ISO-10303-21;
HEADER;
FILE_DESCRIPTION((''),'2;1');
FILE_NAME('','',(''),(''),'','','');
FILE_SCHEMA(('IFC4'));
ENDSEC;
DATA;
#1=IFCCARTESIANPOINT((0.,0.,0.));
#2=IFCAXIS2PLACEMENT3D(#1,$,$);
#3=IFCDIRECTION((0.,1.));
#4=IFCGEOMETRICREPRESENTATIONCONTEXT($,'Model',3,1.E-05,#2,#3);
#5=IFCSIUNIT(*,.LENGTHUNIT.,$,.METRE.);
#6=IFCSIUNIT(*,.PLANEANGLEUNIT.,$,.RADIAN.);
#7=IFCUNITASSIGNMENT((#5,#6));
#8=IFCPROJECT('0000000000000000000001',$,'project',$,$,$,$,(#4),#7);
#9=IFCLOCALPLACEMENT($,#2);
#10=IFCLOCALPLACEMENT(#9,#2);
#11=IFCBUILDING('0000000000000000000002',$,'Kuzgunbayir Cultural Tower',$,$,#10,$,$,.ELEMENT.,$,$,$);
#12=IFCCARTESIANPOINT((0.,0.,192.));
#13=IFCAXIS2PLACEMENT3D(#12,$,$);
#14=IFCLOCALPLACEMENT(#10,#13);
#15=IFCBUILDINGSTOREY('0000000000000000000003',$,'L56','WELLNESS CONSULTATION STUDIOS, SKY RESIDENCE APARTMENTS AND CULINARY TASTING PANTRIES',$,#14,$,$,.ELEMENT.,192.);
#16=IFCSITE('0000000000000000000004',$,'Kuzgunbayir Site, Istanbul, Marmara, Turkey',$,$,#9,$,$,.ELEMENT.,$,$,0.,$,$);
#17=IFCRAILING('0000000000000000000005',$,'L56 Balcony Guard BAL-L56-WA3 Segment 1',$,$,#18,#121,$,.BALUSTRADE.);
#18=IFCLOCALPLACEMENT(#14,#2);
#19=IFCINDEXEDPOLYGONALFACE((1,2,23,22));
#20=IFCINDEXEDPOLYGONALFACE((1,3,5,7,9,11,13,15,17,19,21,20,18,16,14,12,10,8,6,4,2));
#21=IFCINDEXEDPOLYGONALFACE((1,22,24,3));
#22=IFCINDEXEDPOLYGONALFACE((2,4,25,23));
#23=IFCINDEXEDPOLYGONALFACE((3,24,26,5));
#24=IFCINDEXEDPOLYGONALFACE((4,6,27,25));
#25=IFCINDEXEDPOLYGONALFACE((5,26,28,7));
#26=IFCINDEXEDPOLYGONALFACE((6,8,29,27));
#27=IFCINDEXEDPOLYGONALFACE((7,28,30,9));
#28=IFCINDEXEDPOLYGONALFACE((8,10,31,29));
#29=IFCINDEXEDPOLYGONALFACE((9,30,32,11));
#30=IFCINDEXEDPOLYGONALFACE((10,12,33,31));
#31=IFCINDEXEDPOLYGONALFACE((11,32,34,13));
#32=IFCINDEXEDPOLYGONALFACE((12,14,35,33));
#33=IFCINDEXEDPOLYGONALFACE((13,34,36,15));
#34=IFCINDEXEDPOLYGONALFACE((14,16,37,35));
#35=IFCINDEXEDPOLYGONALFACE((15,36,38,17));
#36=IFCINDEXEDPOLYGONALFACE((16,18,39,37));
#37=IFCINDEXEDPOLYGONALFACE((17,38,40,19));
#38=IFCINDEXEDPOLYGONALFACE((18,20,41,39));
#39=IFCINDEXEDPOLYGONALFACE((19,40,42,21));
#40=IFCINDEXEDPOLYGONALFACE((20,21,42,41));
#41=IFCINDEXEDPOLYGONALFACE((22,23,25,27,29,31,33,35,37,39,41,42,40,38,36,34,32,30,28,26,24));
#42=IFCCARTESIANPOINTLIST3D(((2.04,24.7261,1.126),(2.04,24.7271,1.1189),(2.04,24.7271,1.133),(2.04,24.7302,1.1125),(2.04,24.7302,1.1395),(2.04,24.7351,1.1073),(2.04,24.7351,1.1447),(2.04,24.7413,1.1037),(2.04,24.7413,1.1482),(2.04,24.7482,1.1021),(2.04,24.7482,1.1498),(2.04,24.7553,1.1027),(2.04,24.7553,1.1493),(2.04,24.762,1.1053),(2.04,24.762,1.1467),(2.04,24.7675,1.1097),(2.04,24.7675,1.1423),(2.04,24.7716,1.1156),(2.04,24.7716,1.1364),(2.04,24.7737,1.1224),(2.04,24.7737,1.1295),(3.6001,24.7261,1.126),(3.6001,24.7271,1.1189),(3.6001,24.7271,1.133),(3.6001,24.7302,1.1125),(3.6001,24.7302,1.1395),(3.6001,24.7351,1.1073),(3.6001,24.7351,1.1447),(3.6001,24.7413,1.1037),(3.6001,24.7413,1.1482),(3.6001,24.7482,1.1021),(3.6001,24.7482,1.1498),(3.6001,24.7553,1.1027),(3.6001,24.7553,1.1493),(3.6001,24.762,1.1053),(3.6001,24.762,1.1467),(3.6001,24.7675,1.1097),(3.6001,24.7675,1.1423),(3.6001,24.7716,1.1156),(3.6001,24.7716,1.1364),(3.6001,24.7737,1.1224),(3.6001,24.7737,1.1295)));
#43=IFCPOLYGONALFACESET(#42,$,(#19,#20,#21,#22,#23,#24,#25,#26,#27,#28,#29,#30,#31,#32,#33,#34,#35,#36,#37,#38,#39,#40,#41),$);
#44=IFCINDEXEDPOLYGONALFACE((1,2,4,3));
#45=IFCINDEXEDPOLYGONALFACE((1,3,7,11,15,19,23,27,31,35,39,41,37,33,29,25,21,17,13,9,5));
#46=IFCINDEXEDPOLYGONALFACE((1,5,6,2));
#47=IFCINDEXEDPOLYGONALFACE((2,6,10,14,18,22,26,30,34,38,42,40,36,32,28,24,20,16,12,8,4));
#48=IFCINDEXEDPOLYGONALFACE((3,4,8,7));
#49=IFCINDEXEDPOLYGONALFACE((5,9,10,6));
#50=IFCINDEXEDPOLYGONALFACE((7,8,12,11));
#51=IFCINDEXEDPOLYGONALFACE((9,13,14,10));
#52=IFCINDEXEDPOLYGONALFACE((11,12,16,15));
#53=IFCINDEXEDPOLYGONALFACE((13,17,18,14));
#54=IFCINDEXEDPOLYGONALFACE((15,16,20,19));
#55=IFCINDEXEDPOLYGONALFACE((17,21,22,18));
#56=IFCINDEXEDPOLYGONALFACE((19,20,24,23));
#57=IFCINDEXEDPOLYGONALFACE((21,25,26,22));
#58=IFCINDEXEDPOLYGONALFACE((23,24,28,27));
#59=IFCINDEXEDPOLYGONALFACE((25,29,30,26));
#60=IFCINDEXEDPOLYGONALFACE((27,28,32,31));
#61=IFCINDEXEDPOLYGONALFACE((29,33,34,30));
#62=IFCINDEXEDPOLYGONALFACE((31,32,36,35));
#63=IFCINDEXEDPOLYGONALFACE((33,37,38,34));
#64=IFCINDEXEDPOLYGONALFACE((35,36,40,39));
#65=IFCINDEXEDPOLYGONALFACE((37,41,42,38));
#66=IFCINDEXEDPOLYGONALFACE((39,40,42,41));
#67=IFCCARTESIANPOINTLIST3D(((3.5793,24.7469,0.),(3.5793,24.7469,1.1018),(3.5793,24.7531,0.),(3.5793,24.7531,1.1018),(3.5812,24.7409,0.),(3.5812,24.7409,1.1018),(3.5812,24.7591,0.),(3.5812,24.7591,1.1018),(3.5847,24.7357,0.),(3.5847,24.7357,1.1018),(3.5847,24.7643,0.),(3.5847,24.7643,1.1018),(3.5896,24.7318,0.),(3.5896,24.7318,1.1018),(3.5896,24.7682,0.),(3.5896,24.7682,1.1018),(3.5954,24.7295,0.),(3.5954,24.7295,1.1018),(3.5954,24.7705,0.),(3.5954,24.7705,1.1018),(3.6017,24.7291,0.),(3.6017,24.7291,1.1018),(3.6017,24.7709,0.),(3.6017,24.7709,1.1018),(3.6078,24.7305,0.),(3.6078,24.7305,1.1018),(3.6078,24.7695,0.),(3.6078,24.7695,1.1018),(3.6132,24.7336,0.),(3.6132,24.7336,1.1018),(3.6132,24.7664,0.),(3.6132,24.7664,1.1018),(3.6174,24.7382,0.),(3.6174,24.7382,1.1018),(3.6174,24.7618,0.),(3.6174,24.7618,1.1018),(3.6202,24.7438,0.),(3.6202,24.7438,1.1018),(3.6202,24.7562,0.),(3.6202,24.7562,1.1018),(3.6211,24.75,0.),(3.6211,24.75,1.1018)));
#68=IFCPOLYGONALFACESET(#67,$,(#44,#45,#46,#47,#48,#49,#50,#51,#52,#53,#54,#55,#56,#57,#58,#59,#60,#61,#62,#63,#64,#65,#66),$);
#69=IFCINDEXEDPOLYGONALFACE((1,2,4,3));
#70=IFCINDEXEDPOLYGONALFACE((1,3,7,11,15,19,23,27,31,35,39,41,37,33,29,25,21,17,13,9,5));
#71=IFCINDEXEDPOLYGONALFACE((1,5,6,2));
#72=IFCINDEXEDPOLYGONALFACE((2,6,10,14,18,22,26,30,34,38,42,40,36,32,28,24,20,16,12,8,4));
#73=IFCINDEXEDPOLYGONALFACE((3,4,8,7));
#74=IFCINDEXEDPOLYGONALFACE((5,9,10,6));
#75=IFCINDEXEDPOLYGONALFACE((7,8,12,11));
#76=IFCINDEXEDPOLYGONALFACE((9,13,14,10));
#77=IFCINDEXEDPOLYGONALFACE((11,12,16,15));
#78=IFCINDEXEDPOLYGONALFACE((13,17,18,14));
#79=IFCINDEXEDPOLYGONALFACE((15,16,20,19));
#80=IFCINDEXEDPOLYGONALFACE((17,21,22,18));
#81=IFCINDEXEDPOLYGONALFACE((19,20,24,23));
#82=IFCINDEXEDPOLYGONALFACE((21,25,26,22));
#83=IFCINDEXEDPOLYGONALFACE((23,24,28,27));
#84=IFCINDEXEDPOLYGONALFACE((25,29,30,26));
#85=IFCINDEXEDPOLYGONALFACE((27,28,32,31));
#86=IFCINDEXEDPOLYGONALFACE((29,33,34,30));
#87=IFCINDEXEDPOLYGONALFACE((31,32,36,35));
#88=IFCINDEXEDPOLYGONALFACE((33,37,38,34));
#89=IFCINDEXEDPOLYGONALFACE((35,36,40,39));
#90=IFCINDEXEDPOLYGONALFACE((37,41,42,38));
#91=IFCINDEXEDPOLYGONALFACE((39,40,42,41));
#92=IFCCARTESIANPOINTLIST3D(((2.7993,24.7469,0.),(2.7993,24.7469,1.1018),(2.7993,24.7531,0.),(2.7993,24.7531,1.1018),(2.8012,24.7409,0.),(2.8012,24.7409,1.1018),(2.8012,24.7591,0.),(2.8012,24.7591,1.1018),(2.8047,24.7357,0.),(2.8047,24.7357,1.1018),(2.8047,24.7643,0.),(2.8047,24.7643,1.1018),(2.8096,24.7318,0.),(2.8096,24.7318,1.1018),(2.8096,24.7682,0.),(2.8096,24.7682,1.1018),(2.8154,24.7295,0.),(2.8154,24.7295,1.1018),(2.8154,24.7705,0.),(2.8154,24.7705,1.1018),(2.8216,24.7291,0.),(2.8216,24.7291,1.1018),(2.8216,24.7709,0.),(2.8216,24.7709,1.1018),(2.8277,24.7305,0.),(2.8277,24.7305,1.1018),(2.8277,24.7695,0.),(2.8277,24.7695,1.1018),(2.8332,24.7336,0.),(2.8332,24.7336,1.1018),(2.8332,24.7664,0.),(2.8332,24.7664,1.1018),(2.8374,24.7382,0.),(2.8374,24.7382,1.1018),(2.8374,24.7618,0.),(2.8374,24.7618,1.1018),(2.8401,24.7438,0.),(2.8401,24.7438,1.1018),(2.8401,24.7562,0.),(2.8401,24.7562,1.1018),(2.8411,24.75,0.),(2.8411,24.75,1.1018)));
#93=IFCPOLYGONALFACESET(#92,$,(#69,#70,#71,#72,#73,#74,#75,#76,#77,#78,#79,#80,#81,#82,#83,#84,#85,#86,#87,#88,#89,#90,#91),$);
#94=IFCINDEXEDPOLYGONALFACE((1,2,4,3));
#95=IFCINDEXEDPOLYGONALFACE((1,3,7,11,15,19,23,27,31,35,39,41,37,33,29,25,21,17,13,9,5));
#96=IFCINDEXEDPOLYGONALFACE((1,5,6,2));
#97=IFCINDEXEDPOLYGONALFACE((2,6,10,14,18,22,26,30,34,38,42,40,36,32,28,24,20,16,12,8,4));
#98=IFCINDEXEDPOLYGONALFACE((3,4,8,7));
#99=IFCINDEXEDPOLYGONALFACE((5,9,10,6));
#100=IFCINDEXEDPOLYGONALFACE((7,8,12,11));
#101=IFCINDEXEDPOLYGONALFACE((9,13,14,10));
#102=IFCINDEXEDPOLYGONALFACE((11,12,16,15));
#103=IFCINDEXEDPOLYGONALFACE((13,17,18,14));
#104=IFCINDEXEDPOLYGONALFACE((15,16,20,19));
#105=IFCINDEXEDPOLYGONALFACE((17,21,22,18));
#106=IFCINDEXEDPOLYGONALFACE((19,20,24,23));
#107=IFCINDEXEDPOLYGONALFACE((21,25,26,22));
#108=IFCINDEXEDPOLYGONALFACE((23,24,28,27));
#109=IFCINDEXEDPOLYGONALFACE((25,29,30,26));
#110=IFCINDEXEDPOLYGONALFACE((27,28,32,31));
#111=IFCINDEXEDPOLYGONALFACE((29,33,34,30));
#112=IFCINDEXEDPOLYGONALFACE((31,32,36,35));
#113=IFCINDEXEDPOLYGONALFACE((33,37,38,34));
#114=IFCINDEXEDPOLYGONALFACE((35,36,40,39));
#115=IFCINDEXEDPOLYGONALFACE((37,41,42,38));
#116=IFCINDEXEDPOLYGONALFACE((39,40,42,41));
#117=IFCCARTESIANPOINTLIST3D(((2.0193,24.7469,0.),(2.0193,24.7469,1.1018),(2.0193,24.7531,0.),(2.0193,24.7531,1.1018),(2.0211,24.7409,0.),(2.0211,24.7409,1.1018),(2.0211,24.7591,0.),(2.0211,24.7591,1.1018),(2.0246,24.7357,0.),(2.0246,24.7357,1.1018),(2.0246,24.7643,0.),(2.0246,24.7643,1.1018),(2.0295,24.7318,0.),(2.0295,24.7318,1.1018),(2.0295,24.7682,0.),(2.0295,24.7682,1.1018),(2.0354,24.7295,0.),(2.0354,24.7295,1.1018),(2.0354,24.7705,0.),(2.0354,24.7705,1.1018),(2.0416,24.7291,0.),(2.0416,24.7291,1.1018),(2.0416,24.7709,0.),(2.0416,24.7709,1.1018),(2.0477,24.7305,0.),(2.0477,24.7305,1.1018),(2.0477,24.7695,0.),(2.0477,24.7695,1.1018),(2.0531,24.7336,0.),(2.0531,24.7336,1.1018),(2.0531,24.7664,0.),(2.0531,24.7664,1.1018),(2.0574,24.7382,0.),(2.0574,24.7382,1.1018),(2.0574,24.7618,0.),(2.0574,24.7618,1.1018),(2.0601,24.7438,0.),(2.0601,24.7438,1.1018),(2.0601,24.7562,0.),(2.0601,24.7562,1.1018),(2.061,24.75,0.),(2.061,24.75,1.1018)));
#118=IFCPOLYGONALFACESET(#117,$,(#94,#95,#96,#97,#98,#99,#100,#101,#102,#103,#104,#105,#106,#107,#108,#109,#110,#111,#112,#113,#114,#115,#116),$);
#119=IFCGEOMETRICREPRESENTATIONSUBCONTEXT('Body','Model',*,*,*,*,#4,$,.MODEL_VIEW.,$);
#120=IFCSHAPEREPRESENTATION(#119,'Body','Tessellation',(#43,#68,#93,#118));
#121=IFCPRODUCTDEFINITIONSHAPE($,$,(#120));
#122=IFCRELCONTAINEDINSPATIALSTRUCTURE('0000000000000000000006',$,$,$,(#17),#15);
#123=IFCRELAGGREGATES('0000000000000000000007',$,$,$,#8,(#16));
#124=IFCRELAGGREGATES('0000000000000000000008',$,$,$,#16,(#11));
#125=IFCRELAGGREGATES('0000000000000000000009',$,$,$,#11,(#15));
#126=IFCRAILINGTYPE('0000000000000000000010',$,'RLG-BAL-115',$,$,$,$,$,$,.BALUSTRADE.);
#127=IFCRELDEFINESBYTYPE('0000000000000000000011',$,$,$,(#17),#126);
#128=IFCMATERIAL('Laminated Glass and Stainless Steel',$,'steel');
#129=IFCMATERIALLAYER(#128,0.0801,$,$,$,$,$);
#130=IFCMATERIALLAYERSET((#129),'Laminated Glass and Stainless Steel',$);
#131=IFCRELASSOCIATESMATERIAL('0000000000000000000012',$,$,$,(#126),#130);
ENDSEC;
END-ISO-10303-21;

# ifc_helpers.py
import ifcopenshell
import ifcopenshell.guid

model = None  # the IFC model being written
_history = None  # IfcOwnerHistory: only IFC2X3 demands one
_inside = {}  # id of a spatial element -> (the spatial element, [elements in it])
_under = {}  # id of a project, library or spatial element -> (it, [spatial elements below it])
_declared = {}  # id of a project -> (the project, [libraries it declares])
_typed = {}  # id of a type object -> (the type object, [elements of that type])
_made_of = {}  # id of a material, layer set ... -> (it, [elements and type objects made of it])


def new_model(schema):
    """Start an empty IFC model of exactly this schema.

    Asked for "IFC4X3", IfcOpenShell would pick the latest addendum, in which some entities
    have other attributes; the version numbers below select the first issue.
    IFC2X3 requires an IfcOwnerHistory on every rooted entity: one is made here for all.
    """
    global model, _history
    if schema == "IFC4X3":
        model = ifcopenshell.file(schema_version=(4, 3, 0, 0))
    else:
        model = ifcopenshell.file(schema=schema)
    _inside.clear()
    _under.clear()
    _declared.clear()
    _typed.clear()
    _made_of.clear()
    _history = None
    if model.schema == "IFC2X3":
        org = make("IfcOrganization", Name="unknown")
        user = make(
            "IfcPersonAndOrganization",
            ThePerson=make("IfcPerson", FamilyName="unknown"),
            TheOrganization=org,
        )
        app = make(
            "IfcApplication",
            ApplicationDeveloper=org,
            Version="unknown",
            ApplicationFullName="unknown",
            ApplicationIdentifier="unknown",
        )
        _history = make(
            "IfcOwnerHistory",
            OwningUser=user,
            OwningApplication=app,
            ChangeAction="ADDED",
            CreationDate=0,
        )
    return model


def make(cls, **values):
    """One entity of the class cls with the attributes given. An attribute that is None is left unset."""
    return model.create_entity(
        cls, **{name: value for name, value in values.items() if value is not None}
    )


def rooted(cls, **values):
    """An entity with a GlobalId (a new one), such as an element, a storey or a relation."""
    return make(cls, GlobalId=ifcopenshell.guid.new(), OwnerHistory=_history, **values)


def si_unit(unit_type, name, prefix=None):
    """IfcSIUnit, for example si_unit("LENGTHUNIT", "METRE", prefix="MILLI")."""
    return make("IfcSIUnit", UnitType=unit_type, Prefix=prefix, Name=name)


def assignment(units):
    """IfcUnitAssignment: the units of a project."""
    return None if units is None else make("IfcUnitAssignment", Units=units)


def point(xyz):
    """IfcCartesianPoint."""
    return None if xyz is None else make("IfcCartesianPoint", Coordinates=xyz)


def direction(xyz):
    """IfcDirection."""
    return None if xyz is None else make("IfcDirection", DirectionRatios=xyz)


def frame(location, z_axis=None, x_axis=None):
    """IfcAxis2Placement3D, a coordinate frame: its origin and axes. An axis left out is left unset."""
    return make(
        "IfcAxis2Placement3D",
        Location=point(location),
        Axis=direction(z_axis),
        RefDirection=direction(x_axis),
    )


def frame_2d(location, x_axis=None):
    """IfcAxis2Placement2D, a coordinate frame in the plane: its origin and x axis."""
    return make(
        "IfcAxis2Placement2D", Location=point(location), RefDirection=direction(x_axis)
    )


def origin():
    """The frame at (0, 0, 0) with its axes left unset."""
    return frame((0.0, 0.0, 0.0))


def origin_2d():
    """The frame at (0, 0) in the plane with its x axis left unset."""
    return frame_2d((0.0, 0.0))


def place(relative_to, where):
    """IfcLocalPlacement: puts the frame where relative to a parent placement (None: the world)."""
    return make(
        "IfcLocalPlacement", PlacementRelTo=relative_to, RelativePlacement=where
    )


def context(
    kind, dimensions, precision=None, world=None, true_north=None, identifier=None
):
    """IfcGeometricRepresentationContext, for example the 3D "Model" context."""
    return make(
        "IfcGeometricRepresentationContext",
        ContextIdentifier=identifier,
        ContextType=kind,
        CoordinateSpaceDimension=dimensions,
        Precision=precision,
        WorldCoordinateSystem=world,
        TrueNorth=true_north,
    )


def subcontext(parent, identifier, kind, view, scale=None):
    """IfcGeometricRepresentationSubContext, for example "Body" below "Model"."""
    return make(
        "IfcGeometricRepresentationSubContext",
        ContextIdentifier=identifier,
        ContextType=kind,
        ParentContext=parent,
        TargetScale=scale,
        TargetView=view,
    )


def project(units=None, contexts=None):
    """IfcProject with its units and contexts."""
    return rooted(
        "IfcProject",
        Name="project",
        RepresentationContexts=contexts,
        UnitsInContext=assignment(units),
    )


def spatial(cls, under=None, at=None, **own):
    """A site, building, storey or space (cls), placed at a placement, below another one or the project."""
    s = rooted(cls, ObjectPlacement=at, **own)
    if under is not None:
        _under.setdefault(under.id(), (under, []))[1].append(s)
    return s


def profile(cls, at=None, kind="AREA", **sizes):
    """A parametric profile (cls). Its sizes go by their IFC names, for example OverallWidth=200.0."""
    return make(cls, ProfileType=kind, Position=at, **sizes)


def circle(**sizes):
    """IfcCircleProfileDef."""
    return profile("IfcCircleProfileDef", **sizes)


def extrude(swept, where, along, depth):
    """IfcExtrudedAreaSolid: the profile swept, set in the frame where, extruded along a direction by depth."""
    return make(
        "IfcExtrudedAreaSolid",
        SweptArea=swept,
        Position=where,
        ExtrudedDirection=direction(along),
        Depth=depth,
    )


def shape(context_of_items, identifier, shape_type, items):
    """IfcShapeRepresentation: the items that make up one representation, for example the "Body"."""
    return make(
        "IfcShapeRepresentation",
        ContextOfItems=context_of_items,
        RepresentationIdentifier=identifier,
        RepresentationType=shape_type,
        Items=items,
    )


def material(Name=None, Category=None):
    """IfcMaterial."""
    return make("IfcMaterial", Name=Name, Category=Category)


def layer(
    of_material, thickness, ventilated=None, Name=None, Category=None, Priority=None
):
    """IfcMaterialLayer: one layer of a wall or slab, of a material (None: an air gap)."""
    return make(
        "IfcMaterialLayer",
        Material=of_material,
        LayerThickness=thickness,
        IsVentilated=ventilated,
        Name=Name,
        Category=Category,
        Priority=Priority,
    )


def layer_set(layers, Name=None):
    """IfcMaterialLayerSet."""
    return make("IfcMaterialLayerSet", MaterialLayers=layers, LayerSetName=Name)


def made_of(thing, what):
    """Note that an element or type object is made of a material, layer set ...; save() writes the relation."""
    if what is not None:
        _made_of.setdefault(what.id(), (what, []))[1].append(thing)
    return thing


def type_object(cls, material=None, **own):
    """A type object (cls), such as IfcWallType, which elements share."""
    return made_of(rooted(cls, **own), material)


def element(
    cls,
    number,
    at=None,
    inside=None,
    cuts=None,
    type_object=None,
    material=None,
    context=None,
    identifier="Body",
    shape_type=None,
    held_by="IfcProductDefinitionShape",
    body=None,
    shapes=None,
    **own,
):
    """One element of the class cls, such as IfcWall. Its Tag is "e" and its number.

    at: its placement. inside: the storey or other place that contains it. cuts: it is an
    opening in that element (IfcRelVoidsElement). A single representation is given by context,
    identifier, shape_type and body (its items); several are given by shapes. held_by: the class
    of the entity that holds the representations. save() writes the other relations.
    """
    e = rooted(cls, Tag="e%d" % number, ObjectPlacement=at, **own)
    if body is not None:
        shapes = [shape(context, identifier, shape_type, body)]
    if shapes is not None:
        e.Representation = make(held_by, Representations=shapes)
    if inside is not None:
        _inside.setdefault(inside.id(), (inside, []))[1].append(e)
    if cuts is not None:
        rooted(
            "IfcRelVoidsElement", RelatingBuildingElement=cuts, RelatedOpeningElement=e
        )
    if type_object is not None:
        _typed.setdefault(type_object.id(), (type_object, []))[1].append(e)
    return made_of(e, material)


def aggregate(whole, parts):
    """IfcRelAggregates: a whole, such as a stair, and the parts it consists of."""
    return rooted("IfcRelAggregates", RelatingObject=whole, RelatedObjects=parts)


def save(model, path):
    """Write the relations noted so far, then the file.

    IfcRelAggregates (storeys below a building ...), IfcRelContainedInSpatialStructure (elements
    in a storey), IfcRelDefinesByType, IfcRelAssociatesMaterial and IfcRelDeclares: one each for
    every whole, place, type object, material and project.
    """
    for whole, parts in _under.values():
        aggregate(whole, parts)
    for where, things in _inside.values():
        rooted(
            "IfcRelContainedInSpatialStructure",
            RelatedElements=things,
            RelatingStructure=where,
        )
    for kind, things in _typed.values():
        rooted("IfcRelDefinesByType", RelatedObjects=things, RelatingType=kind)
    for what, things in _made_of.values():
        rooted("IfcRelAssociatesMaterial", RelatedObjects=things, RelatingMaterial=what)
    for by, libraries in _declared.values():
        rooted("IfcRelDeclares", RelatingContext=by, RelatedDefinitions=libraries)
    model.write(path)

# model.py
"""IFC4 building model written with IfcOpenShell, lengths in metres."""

from ifc_helpers import new_model, si_unit, direction, frame, origin, origin_2d, place, context, subcontext, project, spatial, circle, extrude, material, layer, layer_set, type_object, element, save


model = new_model("IFC4")

# Units and contexts
model_context = context("Model", 3, precision=1e-05, world=origin(), true_north=direction((0.0, 1.0)))
body_context = subcontext(model_context, "Body", "Model", "MODEL_VIEW")
ifc_project = project(units=[si_unit("LENGTHUNIT", "METRE"), si_unit("PLANEANGLEUNIT", "RADIAN")], contexts=[model_context])

# Site, building, storey
site_placement = place(None, origin())
site = spatial("IfcSite", under=ifc_project, at=site_placement, Name="Kuzgunbayir Site, Istanbul, Marmara, Turkey", CompositionType="ELEMENT", RefElevation=0.0)
building_placement = place(site_placement, origin())
building = spatial("IfcBuilding", under=site, at=building_placement, Name="Kuzgunbayir Cultural Tower", CompositionType="ELEMENT")
storey_placement = place(building_placement, frame((0.0, 0.0, 192.0)))
storey = spatial("IfcBuildingStorey", under=building, at=storey_placement, Name="L56", Description="WELLNESS CONSULTATION STUDIOS, SKY RESIDENCE APARTMENTS AND CULINARY TASTING PANTRIES", CompositionType="ELEMENT", Elevation=192.0)

# Railing
ifc_material_1 = material(Name="Laminated Glass and Stainless Steel", Category="steel")
ifc_layer_1 = layer(ifc_material_1, 0.0801)
ifc_layer_set_1 = layer_set([ifc_layer_1], Name="Laminated Glass and Stainless Steel")
railing_type = type_object("IfcRailingType", Name="RLG-BAL-115", PredefinedType="BALUSTRADE", material=ifc_layer_set_1)
railing_1_placement = place(storey_placement, frame((3.6001, 24.75, 0.0)))
element("IfcRailing", 1, at=railing_1_placement, inside=storey, type_object=railing_type, Name="L56 Balcony Guard BAL-L56-WA3 Segment 1", PredefinedType="BALUSTRADE", context=body_context, shape_type="SweptSolid", body=[
    extrude(circle(Radius=0.0239, at=origin_2d()), frame((0.0, 0.0, 1.126), z_axis=(-1.0, 0.0, 0.0), x_axis=(0.0, -1.0, 0.0)), (0.0, 0.0, 1.0), 1.5601),
    extrude(circle(Radius=0.021, at=origin_2d()), origin(), (0.0, 0.0, 1.0), 1.1018),
    extrude(circle(Radius=0.021, at=origin_2d()), frame((-0.78, 0.0, 0.0)), (0.0, 0.0, 1.0), 1.1018),
    extrude(circle(Radius=0.021, at=origin_2d()), frame((-1.5601, 0.0, 0.0)), (0.0, 0.0, 1.0), 1.1018),
])

save(model, "model.ifc")
